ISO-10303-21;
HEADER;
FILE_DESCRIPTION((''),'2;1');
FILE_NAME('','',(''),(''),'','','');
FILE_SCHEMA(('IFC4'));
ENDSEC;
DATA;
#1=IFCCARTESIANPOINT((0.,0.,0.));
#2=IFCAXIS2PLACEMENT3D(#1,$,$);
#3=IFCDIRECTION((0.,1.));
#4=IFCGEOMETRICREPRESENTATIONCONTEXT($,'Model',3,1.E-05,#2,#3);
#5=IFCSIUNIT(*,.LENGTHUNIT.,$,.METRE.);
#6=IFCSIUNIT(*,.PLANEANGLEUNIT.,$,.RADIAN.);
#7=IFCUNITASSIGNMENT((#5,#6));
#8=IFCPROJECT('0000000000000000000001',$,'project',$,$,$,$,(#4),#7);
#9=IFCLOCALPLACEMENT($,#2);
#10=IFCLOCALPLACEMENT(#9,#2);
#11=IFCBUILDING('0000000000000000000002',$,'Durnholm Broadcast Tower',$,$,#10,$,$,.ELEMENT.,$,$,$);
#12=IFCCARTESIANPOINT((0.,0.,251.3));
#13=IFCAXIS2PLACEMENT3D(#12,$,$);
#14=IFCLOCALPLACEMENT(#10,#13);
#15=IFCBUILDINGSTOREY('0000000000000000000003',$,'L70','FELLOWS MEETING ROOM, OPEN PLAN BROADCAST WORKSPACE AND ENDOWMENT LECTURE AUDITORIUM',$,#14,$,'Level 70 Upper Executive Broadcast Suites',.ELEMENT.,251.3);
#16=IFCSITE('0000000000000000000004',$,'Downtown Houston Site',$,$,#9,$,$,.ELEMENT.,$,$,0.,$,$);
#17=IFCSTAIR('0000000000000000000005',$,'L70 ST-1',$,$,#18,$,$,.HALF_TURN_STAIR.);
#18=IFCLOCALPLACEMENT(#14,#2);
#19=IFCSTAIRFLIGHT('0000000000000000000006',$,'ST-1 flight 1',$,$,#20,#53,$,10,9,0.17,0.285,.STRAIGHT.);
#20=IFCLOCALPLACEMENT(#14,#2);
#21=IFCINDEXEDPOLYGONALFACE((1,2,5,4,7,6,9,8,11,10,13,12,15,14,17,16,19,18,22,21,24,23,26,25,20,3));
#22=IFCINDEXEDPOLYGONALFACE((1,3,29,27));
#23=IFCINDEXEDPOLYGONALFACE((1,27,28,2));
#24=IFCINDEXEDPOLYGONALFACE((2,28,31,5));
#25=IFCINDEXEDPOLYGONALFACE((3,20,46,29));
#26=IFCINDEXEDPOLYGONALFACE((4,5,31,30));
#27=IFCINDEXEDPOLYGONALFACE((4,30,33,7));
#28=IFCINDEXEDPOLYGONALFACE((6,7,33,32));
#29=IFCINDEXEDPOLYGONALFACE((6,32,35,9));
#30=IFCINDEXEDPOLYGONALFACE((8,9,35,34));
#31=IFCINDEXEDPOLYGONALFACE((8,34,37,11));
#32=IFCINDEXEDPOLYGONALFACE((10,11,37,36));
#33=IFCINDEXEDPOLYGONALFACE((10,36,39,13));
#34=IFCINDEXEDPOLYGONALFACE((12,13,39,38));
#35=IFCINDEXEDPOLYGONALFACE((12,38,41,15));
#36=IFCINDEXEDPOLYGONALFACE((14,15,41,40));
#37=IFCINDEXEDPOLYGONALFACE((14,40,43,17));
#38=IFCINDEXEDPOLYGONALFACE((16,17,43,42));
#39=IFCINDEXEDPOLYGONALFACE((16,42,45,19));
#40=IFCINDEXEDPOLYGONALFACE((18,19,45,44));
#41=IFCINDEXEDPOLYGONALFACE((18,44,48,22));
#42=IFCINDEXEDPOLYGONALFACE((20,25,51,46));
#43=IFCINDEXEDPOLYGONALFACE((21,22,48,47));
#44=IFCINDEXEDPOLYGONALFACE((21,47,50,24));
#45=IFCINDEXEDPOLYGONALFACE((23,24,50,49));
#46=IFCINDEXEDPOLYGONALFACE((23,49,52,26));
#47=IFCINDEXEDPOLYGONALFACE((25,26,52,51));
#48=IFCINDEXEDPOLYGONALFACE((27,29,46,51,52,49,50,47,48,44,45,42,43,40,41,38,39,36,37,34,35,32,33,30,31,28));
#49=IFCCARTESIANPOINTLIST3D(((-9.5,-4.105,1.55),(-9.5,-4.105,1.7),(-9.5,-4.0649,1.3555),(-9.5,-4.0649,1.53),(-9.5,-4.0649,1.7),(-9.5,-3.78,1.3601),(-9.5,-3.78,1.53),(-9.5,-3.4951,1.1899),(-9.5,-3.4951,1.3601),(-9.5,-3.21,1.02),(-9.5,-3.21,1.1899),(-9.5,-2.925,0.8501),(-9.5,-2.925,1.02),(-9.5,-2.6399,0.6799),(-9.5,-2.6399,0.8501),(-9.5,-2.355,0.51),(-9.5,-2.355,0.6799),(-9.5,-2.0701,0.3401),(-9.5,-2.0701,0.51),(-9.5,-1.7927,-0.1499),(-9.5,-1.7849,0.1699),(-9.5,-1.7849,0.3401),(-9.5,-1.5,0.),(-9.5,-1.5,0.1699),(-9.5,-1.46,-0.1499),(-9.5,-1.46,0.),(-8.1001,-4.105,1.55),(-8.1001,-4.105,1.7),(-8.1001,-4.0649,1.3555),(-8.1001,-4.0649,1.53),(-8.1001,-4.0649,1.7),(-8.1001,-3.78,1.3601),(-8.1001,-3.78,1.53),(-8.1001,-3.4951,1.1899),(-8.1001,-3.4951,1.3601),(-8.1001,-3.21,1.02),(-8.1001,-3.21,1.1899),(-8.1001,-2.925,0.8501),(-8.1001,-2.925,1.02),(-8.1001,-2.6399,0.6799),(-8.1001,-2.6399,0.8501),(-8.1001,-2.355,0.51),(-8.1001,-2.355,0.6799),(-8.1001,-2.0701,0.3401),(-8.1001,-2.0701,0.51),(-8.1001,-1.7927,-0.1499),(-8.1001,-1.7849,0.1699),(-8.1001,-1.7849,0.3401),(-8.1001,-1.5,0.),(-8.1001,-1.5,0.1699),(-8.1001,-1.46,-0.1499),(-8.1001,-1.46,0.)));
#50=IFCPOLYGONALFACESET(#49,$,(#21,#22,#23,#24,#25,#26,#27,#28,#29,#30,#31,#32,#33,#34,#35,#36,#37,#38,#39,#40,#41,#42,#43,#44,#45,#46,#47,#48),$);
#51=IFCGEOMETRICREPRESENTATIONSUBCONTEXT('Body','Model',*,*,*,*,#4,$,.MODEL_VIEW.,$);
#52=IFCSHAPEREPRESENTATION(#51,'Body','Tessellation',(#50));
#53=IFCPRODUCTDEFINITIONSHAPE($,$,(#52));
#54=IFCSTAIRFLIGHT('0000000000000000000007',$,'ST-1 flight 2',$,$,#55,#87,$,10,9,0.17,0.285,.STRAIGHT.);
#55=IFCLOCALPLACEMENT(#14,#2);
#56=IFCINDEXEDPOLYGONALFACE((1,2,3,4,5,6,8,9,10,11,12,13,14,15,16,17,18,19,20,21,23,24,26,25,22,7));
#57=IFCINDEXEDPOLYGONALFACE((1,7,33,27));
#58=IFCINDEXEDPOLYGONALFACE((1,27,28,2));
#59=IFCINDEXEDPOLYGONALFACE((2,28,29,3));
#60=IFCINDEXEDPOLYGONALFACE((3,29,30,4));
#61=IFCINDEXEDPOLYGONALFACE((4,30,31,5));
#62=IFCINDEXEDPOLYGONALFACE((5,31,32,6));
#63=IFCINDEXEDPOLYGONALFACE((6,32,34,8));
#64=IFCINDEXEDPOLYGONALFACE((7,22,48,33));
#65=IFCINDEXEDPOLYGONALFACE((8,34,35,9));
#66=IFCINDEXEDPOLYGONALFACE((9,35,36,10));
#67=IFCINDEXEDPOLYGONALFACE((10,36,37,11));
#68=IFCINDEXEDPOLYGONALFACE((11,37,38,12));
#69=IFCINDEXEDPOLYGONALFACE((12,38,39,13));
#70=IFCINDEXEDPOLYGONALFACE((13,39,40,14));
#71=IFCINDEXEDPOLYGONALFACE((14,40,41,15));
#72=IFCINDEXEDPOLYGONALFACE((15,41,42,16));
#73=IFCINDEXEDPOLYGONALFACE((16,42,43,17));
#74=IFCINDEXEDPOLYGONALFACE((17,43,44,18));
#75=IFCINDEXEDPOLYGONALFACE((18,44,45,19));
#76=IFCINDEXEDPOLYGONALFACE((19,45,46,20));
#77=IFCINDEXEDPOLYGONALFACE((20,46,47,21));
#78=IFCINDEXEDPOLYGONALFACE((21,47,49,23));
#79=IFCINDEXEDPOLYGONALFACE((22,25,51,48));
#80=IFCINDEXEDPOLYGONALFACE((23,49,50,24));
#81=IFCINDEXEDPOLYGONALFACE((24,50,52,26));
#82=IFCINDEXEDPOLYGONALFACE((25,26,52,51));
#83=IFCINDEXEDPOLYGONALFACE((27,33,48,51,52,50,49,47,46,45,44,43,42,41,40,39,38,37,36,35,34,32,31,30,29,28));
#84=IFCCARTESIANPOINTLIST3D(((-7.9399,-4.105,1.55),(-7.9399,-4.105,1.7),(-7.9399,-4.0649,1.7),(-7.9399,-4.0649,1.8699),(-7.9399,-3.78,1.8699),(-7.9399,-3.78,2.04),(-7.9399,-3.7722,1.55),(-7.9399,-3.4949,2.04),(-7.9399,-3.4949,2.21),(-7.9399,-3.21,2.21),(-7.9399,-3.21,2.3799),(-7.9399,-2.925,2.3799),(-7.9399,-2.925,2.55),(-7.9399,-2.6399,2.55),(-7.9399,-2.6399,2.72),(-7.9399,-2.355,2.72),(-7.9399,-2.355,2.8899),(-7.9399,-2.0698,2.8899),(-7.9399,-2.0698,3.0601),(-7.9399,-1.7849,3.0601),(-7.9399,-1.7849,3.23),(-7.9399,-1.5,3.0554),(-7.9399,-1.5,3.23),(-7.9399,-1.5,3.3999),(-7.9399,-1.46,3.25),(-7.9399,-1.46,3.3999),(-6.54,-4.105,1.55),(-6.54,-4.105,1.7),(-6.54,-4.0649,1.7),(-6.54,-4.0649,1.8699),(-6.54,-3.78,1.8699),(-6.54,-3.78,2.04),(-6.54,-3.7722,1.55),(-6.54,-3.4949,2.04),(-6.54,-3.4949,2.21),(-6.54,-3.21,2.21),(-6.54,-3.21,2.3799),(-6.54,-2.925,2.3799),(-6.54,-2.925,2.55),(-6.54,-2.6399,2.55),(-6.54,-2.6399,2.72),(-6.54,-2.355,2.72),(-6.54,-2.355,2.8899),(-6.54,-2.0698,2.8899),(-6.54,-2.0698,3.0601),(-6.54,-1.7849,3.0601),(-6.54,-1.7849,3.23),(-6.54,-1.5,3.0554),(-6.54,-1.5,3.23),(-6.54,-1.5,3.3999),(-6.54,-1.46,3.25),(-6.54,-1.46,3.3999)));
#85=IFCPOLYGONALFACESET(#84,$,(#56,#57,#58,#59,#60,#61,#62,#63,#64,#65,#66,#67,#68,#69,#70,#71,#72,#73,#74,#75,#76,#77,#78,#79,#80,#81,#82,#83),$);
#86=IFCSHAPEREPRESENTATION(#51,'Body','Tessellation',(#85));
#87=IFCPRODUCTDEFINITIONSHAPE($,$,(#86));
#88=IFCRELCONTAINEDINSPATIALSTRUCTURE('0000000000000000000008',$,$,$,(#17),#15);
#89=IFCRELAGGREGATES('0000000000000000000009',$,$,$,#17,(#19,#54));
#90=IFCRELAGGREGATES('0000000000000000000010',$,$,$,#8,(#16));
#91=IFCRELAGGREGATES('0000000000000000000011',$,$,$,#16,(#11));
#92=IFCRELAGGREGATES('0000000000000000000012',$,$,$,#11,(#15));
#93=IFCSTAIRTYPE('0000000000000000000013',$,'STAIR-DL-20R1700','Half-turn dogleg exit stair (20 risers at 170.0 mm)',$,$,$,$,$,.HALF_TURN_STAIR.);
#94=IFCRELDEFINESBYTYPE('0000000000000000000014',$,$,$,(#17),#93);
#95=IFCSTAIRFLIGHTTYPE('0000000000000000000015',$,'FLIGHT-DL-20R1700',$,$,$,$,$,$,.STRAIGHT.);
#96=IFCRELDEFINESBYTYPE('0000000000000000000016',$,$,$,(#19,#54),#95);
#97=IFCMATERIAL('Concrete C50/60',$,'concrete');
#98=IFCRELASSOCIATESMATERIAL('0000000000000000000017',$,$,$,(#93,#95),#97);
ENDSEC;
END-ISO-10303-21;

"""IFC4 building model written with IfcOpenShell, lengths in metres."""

from ifc_helpers import new_model, si_unit, direction, frame, origin, place, context, subcontext, project, spatial, polyline, outline, extrude, material, type_object, element, aggregate, save


model = new_model("IFC4")

# Units and contexts
model_context = context("Model", 3, precision=1e-05, world=origin(), true_north=direction((0.0, 1.0)))
body_context = subcontext(model_context, "Body", "Model", "MODEL_VIEW")
ifc_project = project(units=[si_unit("LENGTHUNIT", "METRE"), si_unit("PLANEANGLEUNIT", "RADIAN")], contexts=[model_context])

# Site, building, storey
site_placement = place(None, origin())
site = spatial("IfcSite", under=ifc_project, at=site_placement, Name="Downtown Houston Site", CompositionType="ELEMENT", RefElevation=0.0)
building_placement = place(site_placement, origin())
building = spatial("IfcBuilding", under=site, at=building_placement, Name="Durnholm Broadcast Tower", CompositionType="ELEMENT")
storey_placement = place(building_placement, frame((0.0, 0.0, 251.3)))
storey = spatial("IfcBuildingStorey", under=building, at=storey_placement, Name="L70", Description="FELLOWS MEETING ROOM, OPEN PLAN BROADCAST WORKSPACE AND ENDOWMENT LECTURE AUDITORIUM", LongName="Level 70 Upper Executive Broadcast Suites", CompositionType="ELEMENT", Elevation=251.3)

# Shared definitions
ifc_material_1 = material(Name="Concrete C50/60", Category="concrete")

# Stair, stair flights
stair_type = type_object("IfcStairType", Name="STAIR-DL-20R1700", Description="Half-turn dogleg exit stair (20 risers at 170.0 mm)", PredefinedType="HALF_TURN_STAIR", material=ifc_material_1)
stair_placement = place(storey_placement, origin())
stair = element("IfcStair", 1, at=stair_placement, inside=storey, type_object=stair_type, Name="L70 ST-1", PredefinedType="HALF_TURN_STAIR")
stair_flight_type = type_object("IfcStairFlightType", Name="FLIGHT-DL-20R1700", PredefinedType="STRAIGHT", material=ifc_material_1)
stair_flight_1_placement = place(storey_placement, frame((-8.8, -1.5, 0.0), z_axis=(0.0, 0.0, 1.0), x_axis=(0.0, -1.0, 0.0)))
stair_flight_1 = element("IfcStairFlight", 2, at=stair_flight_1_placement, type_object=stair_flight_type, Name="ST-1 flight 1", NumberOfRisers=10, NumberOfTreads=9, PredefinedType="STRAIGHT", RiserHeight=0.17, TreadLength=0.285, context=body_context, shape_type="SweptSolid", body=[
    extrude(outline(polyline([(-0.04, -0.1499), (-0.04, 0.0), (0.0, 0.0), (0.0, 0.1699), (0.2849, 0.1699), (0.2849, 0.3401), (0.5701, 0.3401), (0.5701, 0.51), (0.855, 0.51), (0.855, 0.6799), (1.1399, 0.6799), (1.1399, 0.8501), (1.425, 0.8501), (1.425, 1.02), (1.71, 1.02), (1.71, 1.1899), (1.9951, 1.1899), (1.9951, 1.3601), (2.28, 1.3601), (2.28, 1.53), (2.5649, 1.53), (2.5649, 1.7), (2.605, 1.7), (2.605, 1.55), (2.5649, 1.3555), (0.2927, -0.1499), (-0.04, -0.1499)])), frame((0.0, 0.7, 0.0), z_axis=(0.0, -1.0, 0.0), x_axis=(1.0, 0.0, 0.0)), (0.0, 0.0, 1.0), 1.3999),
])
stair_flight_2_placement = place(storey_placement, frame((-7.24, -4.0649, 1.7), z_axis=(0.0, 0.0, 1.0), x_axis=(0.0, 1.0, 0.0)))
stair_flight_2 = element("IfcStairFlight", 3, at=stair_flight_2_placement, type_object=stair_flight_type, Name="ST-1 flight 2", NumberOfRisers=10, NumberOfTreads=9, PredefinedType="STRAIGHT", RiserHeight=0.17, TreadLength=0.285, context=body_context, shape_type="SweptSolid", body=[
    extrude(outline(polyline([(-0.04, -0.1499), (-0.04, 0.0), (0.0, 0.0), (0.0, 0.1699), (0.2849, 0.1699), (0.2849, 0.3401), (0.5701, 0.3401), (0.5701, 0.51), (0.855, 0.51), (0.855, 0.6799), (1.1399, 0.6799), (1.1399, 0.8501), (1.425, 0.8501), (1.425, 1.02), (1.71, 1.02), (1.71, 1.1899), (1.9951, 1.1899), (1.9951, 1.3601), (2.28, 1.3601), (2.28, 1.53), (2.5649, 1.53), (2.5649, 1.7), (2.605, 1.7), (2.605, 1.55), (2.5649, 1.3555), (0.2927, -0.1499), (-0.04, -0.1499)])), frame((0.0, 0.7, 0.0), z_axis=(0.0, -1.0, 0.0), x_axis=(1.0, 0.0, 0.0)), (0.0, 0.0, 1.0), 1.3999),
])
aggregate(stair, [stair_flight_1, stair_flight_2])

save(model, "model.ifc")
